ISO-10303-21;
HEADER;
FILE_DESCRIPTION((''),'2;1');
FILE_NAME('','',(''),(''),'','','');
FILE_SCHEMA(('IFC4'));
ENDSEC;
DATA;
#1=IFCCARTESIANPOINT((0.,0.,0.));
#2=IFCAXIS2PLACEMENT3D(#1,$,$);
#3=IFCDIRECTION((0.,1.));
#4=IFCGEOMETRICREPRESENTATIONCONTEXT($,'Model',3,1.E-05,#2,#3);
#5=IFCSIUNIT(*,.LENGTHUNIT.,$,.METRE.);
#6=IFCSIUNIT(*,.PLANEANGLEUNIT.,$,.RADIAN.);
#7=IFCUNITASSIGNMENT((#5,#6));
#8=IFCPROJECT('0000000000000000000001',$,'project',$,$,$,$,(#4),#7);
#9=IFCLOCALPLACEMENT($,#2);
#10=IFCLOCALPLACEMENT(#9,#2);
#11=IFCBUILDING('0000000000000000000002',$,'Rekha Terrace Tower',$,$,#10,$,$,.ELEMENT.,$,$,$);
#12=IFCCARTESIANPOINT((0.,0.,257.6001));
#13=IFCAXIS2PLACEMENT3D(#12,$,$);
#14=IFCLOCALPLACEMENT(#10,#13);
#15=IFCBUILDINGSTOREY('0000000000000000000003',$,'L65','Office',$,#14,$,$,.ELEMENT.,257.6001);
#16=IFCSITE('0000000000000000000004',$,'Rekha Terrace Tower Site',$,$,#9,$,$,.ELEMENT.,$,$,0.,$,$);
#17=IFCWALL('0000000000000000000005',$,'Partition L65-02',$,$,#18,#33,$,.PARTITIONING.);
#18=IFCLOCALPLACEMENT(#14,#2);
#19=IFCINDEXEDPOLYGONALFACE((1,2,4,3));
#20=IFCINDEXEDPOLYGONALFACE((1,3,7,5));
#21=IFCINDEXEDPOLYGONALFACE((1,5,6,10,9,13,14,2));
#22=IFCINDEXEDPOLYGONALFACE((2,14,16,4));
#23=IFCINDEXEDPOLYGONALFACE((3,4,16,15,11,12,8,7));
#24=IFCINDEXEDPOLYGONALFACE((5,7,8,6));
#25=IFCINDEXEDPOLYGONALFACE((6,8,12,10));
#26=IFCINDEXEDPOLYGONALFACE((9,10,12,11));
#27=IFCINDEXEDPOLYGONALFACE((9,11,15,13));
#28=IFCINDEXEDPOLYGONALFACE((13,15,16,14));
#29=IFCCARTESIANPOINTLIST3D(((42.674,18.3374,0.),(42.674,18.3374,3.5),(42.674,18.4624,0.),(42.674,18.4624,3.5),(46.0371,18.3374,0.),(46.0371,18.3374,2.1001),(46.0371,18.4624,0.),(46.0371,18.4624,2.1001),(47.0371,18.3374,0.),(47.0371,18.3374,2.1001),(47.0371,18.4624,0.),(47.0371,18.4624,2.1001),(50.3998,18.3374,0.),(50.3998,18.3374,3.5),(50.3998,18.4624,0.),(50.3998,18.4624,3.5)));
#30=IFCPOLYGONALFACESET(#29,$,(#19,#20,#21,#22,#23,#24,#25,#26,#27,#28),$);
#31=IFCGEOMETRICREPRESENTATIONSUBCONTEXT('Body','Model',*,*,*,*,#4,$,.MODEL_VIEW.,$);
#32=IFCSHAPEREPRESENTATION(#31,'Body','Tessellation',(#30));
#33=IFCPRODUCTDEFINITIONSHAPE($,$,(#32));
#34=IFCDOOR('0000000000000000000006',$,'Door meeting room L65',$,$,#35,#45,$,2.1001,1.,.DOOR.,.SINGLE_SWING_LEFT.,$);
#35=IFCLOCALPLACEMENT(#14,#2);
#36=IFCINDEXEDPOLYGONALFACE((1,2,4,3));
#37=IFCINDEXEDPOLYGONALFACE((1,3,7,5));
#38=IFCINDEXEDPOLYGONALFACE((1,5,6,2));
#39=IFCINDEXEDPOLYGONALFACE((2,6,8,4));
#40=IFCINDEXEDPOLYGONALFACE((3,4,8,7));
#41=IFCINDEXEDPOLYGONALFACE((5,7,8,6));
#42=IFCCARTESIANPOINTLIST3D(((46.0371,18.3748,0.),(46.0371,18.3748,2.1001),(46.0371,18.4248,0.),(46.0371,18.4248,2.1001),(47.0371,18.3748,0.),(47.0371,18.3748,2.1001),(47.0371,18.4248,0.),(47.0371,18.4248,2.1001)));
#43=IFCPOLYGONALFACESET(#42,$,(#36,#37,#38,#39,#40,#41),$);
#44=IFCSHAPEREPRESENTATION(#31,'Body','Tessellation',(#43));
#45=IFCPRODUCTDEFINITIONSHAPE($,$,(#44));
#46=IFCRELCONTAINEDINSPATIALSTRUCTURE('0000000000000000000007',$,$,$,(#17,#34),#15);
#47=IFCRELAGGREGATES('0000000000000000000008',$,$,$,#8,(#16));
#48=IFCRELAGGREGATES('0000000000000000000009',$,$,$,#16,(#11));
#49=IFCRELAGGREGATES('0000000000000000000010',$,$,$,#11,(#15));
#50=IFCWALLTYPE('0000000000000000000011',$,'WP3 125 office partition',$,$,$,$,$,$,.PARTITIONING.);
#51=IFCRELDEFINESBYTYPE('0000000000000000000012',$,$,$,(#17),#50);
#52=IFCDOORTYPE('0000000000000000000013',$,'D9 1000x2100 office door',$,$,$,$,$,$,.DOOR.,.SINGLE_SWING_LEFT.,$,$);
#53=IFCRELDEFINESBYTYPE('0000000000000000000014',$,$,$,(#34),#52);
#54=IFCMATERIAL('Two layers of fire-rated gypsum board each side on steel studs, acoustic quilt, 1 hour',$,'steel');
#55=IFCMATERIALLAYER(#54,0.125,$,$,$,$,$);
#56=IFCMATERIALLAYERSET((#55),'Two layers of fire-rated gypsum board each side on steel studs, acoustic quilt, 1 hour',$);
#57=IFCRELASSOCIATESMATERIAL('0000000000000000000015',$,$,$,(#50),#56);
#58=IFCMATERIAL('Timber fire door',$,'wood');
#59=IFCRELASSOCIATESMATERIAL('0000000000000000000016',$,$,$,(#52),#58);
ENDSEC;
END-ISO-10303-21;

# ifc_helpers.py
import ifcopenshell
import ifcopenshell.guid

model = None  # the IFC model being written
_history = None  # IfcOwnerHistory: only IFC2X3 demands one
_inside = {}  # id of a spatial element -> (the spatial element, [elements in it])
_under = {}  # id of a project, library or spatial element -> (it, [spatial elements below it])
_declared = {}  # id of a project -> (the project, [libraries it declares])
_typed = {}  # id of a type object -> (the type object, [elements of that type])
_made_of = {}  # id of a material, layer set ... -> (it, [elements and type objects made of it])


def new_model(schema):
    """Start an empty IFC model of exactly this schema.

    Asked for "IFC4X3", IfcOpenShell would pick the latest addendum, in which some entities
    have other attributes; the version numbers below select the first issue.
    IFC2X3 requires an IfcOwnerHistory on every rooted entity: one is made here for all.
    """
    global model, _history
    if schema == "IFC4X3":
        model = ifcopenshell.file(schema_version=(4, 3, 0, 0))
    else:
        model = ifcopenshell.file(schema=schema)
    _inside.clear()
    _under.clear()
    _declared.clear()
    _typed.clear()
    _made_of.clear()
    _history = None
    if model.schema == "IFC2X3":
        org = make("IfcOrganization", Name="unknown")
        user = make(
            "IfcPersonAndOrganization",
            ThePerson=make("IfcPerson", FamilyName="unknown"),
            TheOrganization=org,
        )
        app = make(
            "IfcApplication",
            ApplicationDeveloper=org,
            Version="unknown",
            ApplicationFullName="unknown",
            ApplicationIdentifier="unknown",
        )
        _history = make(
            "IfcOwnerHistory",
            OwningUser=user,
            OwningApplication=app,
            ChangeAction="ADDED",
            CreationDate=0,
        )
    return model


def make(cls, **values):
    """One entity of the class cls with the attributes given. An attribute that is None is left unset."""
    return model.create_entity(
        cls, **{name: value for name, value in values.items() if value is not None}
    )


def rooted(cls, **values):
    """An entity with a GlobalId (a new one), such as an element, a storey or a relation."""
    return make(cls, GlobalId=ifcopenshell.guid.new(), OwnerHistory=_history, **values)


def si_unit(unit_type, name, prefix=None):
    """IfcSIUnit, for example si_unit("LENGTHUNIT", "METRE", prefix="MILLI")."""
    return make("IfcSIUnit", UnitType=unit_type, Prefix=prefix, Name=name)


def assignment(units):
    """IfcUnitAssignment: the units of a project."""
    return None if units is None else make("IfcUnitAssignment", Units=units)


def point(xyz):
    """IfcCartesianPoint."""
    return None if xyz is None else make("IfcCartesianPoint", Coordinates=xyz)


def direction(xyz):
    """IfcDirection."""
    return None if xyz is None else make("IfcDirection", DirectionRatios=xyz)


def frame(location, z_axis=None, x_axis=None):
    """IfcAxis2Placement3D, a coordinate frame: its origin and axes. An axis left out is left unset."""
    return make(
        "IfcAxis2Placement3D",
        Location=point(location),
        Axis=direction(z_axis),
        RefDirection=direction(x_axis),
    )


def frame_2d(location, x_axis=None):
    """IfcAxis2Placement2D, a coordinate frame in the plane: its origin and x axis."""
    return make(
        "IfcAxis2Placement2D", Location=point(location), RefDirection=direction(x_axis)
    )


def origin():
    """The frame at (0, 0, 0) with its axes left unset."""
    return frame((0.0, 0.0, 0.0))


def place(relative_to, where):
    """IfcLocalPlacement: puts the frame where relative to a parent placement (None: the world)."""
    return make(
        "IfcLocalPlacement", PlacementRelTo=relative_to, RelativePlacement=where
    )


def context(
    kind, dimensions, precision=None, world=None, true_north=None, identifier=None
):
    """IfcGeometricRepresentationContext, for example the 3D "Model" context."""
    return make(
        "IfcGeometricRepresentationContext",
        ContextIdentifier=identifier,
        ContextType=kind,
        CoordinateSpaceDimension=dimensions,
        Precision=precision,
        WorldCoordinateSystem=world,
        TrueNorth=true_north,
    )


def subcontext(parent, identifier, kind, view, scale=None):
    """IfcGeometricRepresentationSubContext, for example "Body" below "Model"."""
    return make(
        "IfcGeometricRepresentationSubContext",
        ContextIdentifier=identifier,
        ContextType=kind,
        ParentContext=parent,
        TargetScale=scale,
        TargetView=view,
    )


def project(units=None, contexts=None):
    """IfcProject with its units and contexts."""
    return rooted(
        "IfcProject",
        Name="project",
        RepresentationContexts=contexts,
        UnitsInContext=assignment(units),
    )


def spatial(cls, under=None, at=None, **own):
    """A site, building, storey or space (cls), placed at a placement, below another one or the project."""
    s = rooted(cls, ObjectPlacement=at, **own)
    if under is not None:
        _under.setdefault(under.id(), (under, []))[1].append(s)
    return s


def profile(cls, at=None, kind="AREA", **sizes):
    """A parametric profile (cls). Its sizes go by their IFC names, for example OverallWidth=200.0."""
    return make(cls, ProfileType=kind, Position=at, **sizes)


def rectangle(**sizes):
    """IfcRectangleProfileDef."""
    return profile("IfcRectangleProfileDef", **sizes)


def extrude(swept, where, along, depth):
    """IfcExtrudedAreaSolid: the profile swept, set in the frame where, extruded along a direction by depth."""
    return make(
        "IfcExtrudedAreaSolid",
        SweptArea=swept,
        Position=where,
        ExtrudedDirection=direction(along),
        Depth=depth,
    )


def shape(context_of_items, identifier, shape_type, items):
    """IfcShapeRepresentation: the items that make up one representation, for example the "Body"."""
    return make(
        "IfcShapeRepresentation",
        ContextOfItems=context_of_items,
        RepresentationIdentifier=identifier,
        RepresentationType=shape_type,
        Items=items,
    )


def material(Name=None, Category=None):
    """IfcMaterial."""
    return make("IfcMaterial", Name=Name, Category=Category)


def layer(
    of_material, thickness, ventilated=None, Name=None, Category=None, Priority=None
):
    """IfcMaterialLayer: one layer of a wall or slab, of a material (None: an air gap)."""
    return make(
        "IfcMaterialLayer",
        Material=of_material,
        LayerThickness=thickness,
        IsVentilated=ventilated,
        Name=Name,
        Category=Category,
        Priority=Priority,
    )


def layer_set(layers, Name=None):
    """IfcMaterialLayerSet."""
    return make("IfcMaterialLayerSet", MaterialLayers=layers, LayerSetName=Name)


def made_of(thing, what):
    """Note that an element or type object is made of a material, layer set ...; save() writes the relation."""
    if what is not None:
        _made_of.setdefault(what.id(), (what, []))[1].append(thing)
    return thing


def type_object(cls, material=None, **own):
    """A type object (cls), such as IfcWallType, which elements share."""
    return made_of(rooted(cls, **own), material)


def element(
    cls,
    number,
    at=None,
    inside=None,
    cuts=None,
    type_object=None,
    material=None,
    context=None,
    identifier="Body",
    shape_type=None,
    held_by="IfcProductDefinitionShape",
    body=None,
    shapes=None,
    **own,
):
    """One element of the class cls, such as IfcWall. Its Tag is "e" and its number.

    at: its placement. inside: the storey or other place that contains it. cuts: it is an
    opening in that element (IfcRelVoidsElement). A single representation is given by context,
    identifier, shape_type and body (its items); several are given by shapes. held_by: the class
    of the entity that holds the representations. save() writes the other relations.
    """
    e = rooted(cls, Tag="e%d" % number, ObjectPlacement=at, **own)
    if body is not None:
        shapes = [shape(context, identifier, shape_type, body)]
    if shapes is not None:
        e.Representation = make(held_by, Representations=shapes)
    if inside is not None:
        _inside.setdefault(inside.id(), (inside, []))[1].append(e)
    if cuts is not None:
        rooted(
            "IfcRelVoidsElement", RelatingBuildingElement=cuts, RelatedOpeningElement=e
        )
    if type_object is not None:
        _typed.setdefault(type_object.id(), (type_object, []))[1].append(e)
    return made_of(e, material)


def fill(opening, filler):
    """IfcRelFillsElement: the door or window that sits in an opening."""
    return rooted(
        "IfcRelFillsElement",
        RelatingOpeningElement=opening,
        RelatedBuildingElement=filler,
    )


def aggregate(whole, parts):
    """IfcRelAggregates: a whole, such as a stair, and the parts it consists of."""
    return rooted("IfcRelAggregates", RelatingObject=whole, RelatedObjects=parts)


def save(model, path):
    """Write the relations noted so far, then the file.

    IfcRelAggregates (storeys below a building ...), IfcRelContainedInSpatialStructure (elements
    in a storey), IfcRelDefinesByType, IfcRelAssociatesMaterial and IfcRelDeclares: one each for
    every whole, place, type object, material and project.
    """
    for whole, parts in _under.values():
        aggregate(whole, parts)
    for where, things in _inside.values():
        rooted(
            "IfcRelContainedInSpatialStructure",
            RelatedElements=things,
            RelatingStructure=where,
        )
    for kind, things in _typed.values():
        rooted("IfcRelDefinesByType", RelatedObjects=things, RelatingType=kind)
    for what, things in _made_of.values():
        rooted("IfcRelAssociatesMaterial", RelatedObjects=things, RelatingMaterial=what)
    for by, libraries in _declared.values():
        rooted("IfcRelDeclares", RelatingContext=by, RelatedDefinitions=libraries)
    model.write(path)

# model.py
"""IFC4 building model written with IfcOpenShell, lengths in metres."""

from ifc_helpers import new_model, si_unit, direction, frame, frame_2d, origin, place, context, subcontext, project, spatial, rectangle, extrude, material, layer, layer_set, type_object, element, fill, save


model = new_model("IFC4")

# Units and contexts
model_context = context("Model", 3, precision=1e-05, world=origin(), true_north=direction((0.0, 1.0)))
body_context = subcontext(model_context, "Body", "Model", "MODEL_VIEW")
ifc_project = project(units=[si_unit("LENGTHUNIT", "METRE"), si_unit("PLANEANGLEUNIT", "RADIAN")], contexts=[model_context])

# Site, building, storey
site_placement = place(None, origin())
site = spatial("IfcSite", under=ifc_project, at=site_placement, Name="Rekha Terrace Tower Site", CompositionType="ELEMENT", RefElevation=0.0)
building_placement = place(site_placement, origin())
building = spatial("IfcBuilding", under=site, at=building_placement, Name="Rekha Terrace Tower", CompositionType="ELEMENT")
storey_placement = place(building_placement, frame((0.0, 0.0, 257.6001)))
storey = spatial("IfcBuildingStorey", under=building, at=storey_placement, Name="L65", Description="Office", CompositionType="ELEMENT", Elevation=257.6001)

# Shared definitions
ifc_material_1 = material(Name="Two layers of fire-rated gypsum board each side on steel studs, acoustic quilt, 1 hour", Category="steel")
ifc_layer_1 = layer(ifc_material_1, 0.125)
ifc_layer_set_1 = layer_set([ifc_layer_1], Name="Two layers of fire-rated gypsum board each side on steel studs, acoustic quilt, 1 hour")
wall_type_1 = type_object("IfcWallType", Name="WP3 125 office partition", PredefinedType="PARTITIONING", material=ifc_layer_set_1)

# Wall, opening, door
wall_1_placement = place(storey_placement, frame((42.6741, 18.3999, 0.0), z_axis=(0.0, 0.0, 1.0), x_axis=(1.0, 0.0, 0.0)))
wall_1 = element("IfcWall", 1, at=wall_1_placement, inside=storey, type_object=wall_type_1, Name="Partition L65-02", PredefinedType="PARTITIONING", context=body_context, shape_type="SweptSolid", body=[
    extrude(rectangle(XDim=7.7258, YDim=0.125, at=frame_2d((3.8628, 0.0))), origin(), (0.0, 0.0, 1.0), 3.5),
])
opening_placement = place(wall_1_placement, frame((3.363, 0.0, 0.0)))
opening = element("IfcOpeningElement", 2, at=opening_placement, cuts=wall_1, PredefinedType="OPENING", context=body_context, shape_type="SweptSolid", body=[
    extrude(rectangle(XDim=1.0, YDim=2.1001, at=frame_2d((0.5, 1.05))), frame((0.0, 0.0725, 0.0), z_axis=(0.0, -1.0, 0.0), x_axis=(1.0, 0.0, 0.0)), (0.0, 0.0, 1.0), 0.145),
])
ifc_material_2 = material(Name="Timber fire door", Category="wood")
door_type = type_object("IfcDoorType", Name="D9 1000x2100 office door", OperationType="SINGLE_SWING_LEFT", PredefinedType="DOOR", material=ifc_material_2)
door_placement = place(opening_placement, origin())
door = element("IfcDoor", 3, at=door_placement, inside=storey, type_object=door_type, Name="Door meeting room L65", OperationType="SINGLE_SWING_LEFT", OverallHeight=2.1001, OverallWidth=1.0, PredefinedType="DOOR", context=body_context, shape_type="SweptSolid", body=[
    extrude(rectangle(XDim=1.0, YDim=2.1001, at=frame_2d((0.5, 1.05))), frame((0.0, 0.0249, 0.0), z_axis=(0.0, -1.0, 0.0), x_axis=(1.0, 0.0, 0.0)), (0.0, 0.0, 1.0), 0.05),
])
fill(opening, door)

save(model, "model.ifc")
